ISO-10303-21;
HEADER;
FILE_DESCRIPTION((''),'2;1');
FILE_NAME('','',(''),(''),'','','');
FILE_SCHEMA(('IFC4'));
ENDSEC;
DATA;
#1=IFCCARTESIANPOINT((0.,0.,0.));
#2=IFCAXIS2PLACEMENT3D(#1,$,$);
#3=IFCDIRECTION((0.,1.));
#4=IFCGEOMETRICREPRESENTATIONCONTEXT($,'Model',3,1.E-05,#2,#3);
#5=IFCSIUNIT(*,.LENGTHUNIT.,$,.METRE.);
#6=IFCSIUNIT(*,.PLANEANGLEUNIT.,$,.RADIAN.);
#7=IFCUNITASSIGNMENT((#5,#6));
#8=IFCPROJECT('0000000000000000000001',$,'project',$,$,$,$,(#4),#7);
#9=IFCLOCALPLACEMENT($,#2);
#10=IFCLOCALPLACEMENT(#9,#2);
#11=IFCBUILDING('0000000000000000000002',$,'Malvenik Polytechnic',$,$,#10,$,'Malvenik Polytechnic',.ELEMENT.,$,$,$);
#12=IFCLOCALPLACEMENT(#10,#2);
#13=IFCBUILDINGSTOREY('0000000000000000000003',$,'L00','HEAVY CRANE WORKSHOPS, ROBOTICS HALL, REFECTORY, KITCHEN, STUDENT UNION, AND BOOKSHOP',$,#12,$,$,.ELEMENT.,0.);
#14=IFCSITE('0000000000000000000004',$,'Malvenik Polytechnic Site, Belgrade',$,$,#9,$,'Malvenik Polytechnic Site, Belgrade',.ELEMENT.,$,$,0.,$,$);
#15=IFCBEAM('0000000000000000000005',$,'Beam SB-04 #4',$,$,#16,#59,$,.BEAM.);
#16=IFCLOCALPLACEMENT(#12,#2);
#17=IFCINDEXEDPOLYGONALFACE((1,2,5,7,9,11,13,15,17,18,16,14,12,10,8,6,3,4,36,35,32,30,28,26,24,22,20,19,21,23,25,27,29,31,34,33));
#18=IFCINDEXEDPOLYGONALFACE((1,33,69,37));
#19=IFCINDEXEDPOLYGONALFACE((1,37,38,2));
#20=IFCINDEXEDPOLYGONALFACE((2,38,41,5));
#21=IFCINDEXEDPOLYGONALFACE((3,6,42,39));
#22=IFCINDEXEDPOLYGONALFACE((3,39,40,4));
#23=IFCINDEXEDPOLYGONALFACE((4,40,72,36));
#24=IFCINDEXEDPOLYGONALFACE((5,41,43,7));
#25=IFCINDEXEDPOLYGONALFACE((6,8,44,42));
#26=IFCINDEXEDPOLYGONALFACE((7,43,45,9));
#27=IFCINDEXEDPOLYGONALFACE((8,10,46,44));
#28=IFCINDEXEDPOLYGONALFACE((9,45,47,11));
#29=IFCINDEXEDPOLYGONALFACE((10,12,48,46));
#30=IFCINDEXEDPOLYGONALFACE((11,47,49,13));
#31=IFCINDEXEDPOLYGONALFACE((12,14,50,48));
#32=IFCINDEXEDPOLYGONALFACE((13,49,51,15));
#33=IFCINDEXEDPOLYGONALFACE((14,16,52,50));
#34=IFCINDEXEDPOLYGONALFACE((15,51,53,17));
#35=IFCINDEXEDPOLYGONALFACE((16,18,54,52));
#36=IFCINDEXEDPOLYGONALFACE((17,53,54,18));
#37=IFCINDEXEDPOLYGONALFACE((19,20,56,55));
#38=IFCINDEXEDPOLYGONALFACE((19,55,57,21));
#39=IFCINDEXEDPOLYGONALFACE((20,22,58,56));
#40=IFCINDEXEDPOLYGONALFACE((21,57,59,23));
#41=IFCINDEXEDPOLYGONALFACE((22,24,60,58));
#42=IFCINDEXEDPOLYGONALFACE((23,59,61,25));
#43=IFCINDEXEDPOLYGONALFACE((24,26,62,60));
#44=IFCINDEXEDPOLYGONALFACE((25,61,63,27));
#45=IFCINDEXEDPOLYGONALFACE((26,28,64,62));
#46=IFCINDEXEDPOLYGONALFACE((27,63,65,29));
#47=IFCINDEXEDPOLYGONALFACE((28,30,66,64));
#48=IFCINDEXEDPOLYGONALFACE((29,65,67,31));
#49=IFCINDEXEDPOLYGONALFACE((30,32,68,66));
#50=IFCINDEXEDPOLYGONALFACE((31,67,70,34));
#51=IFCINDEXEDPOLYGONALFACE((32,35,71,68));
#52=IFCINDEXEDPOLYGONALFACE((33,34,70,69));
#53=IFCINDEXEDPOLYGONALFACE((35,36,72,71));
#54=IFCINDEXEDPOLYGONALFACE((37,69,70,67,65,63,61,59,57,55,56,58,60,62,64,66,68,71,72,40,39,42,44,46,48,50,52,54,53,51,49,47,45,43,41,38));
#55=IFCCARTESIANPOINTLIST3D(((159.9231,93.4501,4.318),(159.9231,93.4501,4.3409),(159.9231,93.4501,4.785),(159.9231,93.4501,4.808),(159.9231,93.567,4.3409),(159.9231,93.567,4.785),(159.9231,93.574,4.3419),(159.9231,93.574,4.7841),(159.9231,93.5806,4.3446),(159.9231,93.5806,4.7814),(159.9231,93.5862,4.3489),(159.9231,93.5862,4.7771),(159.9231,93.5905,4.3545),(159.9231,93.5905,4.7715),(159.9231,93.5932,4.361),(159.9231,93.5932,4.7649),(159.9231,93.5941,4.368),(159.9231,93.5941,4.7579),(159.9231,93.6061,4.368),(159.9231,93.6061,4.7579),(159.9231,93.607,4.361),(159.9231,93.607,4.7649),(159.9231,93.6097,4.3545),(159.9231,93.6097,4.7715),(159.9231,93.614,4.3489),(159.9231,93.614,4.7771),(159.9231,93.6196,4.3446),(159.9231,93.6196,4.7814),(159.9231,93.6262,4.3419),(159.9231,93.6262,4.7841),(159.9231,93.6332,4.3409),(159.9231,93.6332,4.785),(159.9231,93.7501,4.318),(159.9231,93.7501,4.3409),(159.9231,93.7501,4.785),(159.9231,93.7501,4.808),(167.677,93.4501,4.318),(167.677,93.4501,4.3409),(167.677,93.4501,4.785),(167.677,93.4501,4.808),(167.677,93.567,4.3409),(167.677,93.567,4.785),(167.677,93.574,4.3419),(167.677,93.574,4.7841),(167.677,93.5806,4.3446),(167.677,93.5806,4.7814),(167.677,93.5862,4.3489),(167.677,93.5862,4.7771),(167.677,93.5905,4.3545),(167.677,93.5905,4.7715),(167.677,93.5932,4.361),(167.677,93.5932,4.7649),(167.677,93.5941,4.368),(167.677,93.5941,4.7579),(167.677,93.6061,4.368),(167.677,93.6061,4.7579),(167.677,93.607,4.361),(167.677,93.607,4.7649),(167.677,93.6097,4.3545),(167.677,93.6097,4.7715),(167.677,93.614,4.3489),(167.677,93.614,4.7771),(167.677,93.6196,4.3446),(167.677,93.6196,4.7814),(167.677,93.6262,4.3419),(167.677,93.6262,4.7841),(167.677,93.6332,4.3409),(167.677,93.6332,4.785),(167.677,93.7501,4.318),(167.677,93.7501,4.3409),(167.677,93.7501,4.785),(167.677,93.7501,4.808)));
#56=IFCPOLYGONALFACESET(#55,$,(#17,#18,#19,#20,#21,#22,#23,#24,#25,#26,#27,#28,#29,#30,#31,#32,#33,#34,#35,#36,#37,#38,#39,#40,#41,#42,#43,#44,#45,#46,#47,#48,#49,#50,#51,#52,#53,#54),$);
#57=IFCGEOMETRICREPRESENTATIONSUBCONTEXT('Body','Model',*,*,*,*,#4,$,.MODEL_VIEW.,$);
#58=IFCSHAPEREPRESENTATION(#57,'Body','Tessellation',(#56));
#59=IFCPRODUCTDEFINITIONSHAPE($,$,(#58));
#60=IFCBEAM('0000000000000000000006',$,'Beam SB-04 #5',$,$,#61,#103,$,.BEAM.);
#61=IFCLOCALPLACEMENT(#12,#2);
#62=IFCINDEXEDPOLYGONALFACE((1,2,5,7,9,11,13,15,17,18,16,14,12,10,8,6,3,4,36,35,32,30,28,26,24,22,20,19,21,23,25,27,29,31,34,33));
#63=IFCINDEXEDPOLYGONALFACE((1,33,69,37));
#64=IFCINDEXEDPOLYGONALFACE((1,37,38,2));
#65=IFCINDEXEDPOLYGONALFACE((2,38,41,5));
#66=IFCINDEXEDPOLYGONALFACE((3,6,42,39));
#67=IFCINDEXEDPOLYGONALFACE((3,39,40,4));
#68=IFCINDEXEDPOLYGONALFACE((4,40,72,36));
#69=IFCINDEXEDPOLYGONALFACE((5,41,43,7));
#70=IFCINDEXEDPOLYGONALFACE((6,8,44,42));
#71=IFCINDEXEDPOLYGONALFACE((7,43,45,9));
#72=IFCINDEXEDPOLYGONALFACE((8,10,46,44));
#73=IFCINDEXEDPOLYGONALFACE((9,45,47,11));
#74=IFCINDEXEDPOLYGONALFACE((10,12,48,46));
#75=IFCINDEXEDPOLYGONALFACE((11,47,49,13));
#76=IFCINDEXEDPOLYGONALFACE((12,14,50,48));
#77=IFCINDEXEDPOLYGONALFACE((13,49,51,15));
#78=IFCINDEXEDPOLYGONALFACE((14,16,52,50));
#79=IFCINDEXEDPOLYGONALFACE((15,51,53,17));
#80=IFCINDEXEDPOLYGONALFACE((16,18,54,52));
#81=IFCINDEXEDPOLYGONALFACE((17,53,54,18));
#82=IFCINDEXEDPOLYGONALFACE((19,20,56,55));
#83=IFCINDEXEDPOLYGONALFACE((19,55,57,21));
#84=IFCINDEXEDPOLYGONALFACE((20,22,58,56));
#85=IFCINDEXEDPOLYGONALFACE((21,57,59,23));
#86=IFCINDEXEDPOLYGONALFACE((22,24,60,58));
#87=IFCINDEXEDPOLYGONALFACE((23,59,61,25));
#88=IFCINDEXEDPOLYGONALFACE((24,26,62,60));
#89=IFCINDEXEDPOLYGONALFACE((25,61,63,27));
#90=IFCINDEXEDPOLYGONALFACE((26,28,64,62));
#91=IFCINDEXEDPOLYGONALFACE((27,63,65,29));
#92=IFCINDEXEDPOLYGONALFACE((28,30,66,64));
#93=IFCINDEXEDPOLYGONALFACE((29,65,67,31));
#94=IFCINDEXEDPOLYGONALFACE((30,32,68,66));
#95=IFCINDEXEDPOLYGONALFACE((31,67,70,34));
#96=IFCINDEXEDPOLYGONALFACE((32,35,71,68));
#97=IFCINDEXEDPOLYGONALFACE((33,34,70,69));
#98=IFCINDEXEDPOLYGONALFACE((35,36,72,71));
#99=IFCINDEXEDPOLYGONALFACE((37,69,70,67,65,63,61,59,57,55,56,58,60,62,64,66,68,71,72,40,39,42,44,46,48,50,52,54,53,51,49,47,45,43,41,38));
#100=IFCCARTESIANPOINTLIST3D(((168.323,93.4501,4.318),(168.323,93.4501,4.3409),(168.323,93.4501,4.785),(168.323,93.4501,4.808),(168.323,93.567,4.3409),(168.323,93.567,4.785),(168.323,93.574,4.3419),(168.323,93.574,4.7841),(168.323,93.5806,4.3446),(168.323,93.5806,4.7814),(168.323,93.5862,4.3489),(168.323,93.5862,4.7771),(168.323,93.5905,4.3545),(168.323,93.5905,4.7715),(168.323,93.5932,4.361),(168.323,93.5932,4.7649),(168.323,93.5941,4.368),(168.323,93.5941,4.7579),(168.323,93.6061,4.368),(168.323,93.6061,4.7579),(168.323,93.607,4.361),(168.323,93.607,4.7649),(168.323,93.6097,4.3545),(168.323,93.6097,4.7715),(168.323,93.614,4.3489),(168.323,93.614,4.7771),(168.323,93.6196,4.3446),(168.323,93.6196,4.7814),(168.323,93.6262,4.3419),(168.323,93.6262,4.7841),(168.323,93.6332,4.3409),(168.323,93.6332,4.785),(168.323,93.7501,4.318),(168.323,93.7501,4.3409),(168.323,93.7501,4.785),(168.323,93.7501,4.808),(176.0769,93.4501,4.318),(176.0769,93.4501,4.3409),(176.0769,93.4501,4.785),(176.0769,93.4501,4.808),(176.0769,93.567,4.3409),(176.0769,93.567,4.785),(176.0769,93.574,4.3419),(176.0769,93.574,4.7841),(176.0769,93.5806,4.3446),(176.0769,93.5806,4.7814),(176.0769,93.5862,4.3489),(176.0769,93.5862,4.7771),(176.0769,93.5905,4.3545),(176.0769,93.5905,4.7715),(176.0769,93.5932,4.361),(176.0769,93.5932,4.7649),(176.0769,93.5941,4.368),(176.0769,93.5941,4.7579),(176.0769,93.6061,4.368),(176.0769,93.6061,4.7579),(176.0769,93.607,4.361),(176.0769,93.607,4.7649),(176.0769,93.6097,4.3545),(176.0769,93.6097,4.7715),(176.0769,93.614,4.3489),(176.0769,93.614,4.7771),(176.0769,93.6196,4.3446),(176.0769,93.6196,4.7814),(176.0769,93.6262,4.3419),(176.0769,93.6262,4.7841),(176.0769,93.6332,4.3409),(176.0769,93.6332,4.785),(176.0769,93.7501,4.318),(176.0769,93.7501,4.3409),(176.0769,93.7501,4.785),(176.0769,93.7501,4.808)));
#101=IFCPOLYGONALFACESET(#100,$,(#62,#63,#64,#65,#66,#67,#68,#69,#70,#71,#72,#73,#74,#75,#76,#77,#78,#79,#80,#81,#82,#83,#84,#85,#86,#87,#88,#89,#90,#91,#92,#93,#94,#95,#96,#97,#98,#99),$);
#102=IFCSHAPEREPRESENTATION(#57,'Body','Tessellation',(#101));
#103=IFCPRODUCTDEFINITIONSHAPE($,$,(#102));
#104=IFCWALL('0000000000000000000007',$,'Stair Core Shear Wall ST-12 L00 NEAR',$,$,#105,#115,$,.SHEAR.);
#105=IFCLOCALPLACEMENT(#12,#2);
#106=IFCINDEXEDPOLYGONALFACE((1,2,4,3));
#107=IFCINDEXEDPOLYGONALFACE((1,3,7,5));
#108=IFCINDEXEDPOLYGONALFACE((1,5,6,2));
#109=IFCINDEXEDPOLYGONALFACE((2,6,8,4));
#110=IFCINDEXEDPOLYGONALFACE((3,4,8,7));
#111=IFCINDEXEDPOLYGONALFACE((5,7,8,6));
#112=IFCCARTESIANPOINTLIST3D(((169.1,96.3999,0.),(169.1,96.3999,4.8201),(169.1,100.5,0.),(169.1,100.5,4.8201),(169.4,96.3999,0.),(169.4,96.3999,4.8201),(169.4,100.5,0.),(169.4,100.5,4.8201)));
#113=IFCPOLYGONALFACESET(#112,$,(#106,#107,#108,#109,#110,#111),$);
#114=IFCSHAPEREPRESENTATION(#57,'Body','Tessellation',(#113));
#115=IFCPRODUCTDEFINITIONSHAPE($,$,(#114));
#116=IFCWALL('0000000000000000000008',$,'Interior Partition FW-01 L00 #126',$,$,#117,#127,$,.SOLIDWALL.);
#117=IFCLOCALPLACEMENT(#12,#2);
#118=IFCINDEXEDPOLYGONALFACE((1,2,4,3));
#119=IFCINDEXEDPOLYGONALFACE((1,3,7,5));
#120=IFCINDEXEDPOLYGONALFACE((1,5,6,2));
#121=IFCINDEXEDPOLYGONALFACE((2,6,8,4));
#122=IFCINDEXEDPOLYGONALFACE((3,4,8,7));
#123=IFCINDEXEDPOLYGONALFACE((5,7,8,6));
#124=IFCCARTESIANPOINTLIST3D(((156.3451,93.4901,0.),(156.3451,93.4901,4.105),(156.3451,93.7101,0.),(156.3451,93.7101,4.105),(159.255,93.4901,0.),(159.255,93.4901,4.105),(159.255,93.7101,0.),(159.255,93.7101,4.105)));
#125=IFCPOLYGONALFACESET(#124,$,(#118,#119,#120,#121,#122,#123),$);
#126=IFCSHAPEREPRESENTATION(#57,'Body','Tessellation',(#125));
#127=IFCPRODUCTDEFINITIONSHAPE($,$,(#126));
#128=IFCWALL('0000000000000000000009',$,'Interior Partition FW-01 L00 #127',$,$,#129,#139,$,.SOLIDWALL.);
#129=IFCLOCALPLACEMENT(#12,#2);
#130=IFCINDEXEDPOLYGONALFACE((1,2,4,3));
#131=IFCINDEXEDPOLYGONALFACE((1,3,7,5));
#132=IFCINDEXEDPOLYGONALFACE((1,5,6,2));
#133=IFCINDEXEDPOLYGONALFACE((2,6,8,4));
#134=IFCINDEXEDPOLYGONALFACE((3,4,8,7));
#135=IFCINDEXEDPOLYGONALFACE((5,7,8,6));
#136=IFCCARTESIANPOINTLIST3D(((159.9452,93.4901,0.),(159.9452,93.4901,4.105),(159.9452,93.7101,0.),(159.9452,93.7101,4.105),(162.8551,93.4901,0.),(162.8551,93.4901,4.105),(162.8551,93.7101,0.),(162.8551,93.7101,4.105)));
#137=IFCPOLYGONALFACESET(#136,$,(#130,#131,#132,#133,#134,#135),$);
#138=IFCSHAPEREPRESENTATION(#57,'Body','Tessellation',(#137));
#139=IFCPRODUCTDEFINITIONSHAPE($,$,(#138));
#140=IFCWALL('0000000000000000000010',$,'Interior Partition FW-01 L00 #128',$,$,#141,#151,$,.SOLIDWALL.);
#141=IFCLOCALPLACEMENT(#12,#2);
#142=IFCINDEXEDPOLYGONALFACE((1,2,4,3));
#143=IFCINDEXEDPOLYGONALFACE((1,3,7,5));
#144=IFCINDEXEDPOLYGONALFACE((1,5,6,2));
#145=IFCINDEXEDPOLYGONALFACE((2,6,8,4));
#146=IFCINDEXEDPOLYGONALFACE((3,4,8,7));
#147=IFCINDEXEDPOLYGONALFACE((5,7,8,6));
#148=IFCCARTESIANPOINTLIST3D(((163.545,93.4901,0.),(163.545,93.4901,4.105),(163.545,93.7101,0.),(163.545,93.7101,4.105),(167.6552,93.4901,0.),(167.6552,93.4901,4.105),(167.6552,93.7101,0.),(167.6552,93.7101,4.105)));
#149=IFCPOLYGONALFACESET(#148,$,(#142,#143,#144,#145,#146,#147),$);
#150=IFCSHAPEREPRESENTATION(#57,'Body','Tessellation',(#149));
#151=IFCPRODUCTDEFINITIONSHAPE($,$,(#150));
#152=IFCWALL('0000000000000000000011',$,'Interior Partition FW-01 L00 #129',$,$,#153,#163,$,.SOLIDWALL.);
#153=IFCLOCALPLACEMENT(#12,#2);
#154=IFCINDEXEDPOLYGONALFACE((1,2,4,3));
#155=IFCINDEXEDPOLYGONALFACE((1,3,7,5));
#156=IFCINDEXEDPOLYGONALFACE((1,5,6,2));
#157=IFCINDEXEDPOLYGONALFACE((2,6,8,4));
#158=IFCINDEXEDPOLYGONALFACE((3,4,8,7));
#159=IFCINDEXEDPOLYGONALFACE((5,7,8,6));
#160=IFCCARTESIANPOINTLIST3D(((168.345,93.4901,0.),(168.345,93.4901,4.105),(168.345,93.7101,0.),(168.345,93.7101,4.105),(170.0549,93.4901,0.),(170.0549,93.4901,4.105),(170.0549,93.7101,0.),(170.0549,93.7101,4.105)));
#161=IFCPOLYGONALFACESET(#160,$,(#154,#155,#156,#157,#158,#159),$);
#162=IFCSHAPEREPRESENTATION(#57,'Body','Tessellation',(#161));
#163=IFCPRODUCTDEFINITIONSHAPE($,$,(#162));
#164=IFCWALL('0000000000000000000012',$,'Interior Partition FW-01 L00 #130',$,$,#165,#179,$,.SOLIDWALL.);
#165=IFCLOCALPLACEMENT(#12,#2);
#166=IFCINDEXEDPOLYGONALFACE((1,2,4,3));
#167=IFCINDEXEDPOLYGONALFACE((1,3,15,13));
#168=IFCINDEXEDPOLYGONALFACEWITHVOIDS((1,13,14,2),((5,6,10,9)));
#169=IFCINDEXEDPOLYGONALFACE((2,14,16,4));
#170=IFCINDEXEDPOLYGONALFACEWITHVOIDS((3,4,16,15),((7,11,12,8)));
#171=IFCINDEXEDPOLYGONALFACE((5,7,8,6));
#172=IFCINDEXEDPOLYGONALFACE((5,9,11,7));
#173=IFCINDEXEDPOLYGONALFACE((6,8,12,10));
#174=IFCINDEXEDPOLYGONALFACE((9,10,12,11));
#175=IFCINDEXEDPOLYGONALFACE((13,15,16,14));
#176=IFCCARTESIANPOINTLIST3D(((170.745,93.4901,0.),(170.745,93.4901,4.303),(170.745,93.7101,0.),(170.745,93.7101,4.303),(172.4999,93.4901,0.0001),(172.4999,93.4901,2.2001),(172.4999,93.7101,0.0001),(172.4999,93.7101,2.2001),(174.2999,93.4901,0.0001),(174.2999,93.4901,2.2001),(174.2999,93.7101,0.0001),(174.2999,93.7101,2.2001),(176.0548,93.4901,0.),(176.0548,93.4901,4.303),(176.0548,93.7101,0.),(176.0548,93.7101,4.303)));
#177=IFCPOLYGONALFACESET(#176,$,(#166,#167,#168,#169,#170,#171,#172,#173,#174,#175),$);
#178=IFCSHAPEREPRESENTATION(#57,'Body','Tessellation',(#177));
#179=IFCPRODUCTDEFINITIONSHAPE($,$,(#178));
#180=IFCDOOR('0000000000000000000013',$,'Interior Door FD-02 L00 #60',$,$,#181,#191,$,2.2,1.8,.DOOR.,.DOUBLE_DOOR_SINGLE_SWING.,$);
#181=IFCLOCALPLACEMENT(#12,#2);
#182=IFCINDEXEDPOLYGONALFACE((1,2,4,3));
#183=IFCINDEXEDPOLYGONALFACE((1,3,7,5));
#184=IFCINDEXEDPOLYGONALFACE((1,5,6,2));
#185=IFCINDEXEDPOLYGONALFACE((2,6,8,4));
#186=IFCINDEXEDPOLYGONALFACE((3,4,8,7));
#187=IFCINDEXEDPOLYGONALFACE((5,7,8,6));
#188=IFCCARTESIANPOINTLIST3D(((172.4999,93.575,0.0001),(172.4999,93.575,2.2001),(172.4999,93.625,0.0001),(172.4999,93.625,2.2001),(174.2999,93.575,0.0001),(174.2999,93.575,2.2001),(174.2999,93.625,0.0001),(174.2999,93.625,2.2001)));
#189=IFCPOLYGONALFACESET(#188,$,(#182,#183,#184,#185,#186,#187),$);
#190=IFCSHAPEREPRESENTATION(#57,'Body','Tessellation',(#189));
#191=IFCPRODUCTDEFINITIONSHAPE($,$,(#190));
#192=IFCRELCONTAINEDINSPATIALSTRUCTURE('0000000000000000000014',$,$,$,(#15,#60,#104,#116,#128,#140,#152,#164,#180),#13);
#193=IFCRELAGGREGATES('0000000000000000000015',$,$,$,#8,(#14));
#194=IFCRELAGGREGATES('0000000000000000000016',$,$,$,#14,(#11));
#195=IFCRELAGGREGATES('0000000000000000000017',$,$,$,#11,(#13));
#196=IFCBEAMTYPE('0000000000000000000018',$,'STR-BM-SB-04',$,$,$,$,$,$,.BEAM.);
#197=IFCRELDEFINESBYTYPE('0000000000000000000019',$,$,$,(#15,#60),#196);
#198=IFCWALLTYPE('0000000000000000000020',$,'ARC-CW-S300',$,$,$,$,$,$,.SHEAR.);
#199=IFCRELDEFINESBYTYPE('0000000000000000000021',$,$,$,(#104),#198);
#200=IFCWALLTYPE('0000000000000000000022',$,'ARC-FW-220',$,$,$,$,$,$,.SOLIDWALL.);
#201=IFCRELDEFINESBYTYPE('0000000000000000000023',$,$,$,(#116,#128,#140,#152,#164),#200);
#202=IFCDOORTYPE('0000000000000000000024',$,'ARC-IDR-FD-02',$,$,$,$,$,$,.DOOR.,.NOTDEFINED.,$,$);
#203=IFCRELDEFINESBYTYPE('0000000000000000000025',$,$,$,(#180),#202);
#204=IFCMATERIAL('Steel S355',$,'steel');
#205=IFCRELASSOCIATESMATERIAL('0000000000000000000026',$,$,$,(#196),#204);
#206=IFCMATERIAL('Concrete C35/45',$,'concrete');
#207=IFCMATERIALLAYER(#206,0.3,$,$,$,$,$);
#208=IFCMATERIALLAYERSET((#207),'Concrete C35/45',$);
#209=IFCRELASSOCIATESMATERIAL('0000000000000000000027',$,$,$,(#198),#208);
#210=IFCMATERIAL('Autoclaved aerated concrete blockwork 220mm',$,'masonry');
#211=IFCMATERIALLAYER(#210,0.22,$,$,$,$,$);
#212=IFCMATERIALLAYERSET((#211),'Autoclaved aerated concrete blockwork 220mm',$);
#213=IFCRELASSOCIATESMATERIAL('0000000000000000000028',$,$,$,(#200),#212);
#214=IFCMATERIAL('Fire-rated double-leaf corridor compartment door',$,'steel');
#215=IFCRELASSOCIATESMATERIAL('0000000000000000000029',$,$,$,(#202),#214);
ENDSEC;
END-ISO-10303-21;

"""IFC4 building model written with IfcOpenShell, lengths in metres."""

from ifc_helpers import new_model, si_unit, direction, frame, frame_2d, origin, origin_2d, place, context, subcontext, project, spatial, rectangle, i_section, extrude, material, layer, layer_set, material_profile, profile_set, type_object, element, fill, save


model = new_model("IFC4")

# Units and contexts
model_context = context("Model", 3, precision=1e-05, world=origin(), true_north=direction((0.0, 1.0)))
body_context = subcontext(model_context, "Body", "Model", "MODEL_VIEW")
ifc_project = project(units=[si_unit("LENGTHUNIT", "METRE"), si_unit("PLANEANGLEUNIT", "RADIAN")], contexts=[model_context])

# Site, building, storey
site_placement = place(None, origin())
site = spatial("IfcSite", under=ifc_project, at=site_placement, Name="Malvenik Polytechnic Site, Belgrade", LongName="Malvenik Polytechnic Site, Belgrade", CompositionType="ELEMENT", RefElevation=0.0)
building_placement = place(site_placement, origin())
building = spatial("IfcBuilding", under=site, at=building_placement, Name="Malvenik Polytechnic", LongName="Malvenik Polytechnic", CompositionType="ELEMENT")
storey_placement = place(building_placement, origin())
storey = spatial("IfcBuildingStorey", under=building, at=storey_placement, Name="L00", Description="HEAVY CRANE WORKSHOPS, ROBOTICS HALL, REFECTORY, KITCHEN, STUDENT UNION, AND BOOKSHOP", CompositionType="ELEMENT", Elevation=0.0)

# Shared definitions
ifc_material_1 = material(Name="Concrete C35/45", Category="concrete")
ifc_material_2 = material(Name="Steel S355", Category="steel")

# Beams
ifc_material_profile_1 = material_profile(ifc_material_2, i_section(OverallWidth=0.3, OverallDepth=0.49, WebThickness=0.012, FlangeThickness=0.0229, FilletRadius=0.0271, at=origin_2d()), Name="HEA 500")
ifc_profile_set_1 = profile_set([ifc_material_profile_1], Name="Steel S355")
beam_type_1 = type_object("IfcBeamType", Name="STR-BM-SB-04", PredefinedType="BEAM", material=ifc_profile_set_1)
for number, where, z_axis, x_axis, name in (
    (1, (159.9231, 93.6001, 4.563), (1.0, 0.0, 0.0), (0.0, 1.0, 0.0), "Beam SB-04 #4"),
    (2, (168.323, 93.6001, 4.563), (1.0, 0.0, 0.0), (0.0, 1.0, 0.0), "Beam SB-04 #5"),
):
    element("IfcBeam", number, at=place(storey_placement, frame(where, z_axis=z_axis, x_axis=x_axis)), inside=storey, type_object=beam_type_1, Name=name, PredefinedType="BEAM", context=body_context, shape_type="SweptSolid", body=[
        extrude(i_section(OverallWidth=0.3, OverallDepth=0.49, WebThickness=0.012, FlangeThickness=0.0229, FilletRadius=0.0271, at=origin_2d()), origin(), (0.0, 0.0, 1.0), 7.7539),
    ])

# Walls
ifc_layer_1 = layer(ifc_material_1, 0.3)
ifc_layer_set_1 = layer_set([ifc_layer_1], Name="Concrete C35/45")
wall_type_1 = type_object("IfcWallType", Name="ARC-CW-S300", PredefinedType="SHEAR", material=ifc_layer_set_1)
wall_1_placement = place(storey_placement, frame((169.25, 96.3999, 0.0), z_axis=(0.0, 0.0, 1.0), x_axis=(0.0, 1.0, 0.0)))
element("IfcWall", 3, at=wall_1_placement, inside=storey, type_object=wall_type_1, Name="Stair Core Shear Wall ST-12 L00 NEAR", PredefinedType="SHEAR", context=body_context, shape_type="SweptSolid", body=[
    extrude(rectangle(XDim=4.1001, YDim=0.3, at=frame_2d((2.05, 0.0))), origin(), (0.0, 0.0, 1.0), 4.8201),
])
ifc_material_3 = material(Name="Autoclaved aerated concrete blockwork 220mm", Category="masonry")
ifc_layer_2 = layer(ifc_material_3, 0.22)
ifc_layer_set_2 = layer_set([ifc_layer_2], Name="Autoclaved aerated concrete blockwork 220mm")
wall_type_2 = type_object("IfcWallType", Name="ARC-FW-220", PredefinedType="SOLIDWALL", material=ifc_layer_set_2)
for number, where, z_axis, x_axis, name in (
    (4, (156.345, 93.6001, 0.0), (0.0, 0.0, 1.0), (1.0, 0.0, 0.0), "Interior Partition FW-01 L00 #126"),
    (5, (159.9451, 93.6001, 0.0), (0.0, 0.0, 1.0), (1.0, 0.0, 0.0), "Interior Partition FW-01 L00 #127"),
):
    element("IfcWall", number, at=place(storey_placement, frame(where, z_axis=z_axis, x_axis=x_axis)), inside=storey, type_object=wall_type_2, Name=name, PredefinedType="SOLIDWALL", context=body_context, shape_type="SweptSolid", body=[
        extrude(rectangle(XDim=2.9099, YDim=0.22, at=frame_2d((1.4551, 0.0))), origin(), (0.0, 0.0, 1.0), 4.105),
    ])
wall_2_placement = place(storey_placement, frame((163.5449, 93.6001, 0.0), z_axis=(0.0, 0.0, 1.0), x_axis=(1.0, 0.0, 0.0)))
element("IfcWall", 6, at=wall_2_placement, inside=storey, type_object=wall_type_2, Name="Interior Partition FW-01 L00 #128", PredefinedType="SOLIDWALL", context=body_context, shape_type="SweptSolid", body=[
    extrude(rectangle(XDim=4.1101, YDim=0.22, at=frame_2d((2.0552, 0.0))), origin(), (0.0, 0.0, 1.0), 4.105),
])
wall_3_placement = place(storey_placement, frame((168.345, 93.6001, 0.0), z_axis=(0.0, 0.0, 1.0), x_axis=(1.0, 0.0, 0.0)))
element("IfcWall", 7, at=wall_3_placement, inside=storey, type_object=wall_type_2, Name="Interior Partition FW-01 L00 #129", PredefinedType="SOLIDWALL", context=body_context, shape_type="SweptSolid", body=[
    extrude(rectangle(XDim=1.71, YDim=0.22, at=frame_2d((0.855, 0.0))), origin(), (0.0, 0.0, 1.0), 4.105),
])

# Wall, opening, door
wall_4_placement = place(storey_placement, frame((170.7451, 93.6001, 0.0), z_axis=(0.0, 0.0, 1.0), x_axis=(1.0, 0.0, 0.0)))
wall_4 = element("IfcWall", 8, at=wall_4_placement, inside=storey, type_object=wall_type_2, Name="Interior Partition FW-01 L00 #130", PredefinedType="SOLIDWALL", context=body_context, shape_type="SweptSolid", body=[
    extrude(rectangle(XDim=5.3098, YDim=0.22, at=frame_2d((2.6548, 0.0))), origin(), (0.0, 0.0, 1.0), 4.303),
])
opening_placement = place(wall_4_placement, frame((1.7549, 0.0, 0.0)))
opening = element("IfcOpeningElement", 9, at=opening_placement, cuts=wall_4, PredefinedType="OPENING", context=body_context, shape_type="SweptSolid", body=[
    extrude(rectangle(XDim=1.8, YDim=2.2, at=frame_2d((0.8999, 1.1001))), frame((0.0, 0.1201, 0.0), z_axis=(0.0, -1.0, 0.0), x_axis=(1.0, 0.0, 0.0)), (0.0, 0.0, 1.0), 0.24),
])
ifc_material_4 = material(Name="Fire-rated double-leaf corridor compartment door", Category="steel")
door_type = type_object("IfcDoorType", Name="ARC-IDR-FD-02", OperationType="NOTDEFINED", PredefinedType="DOOR", material=ifc_material_4)
door_placement = place(opening_placement, origin())
door = element("IfcDoor", 10, at=door_placement, inside=storey, type_object=door_type, Name="Interior Door FD-02 L00 #60", OperationType="DOUBLE_DOOR_SINGLE_SWING", OverallHeight=2.2, OverallWidth=1.8, PredefinedType="DOOR", context=body_context, shape_type="SweptSolid", body=[
    extrude(rectangle(XDim=1.8, YDim=2.2, at=frame_2d((0.8999, 1.1001))), frame((0.0, 0.0249, 0.0), z_axis=(0.0, -1.0, 0.0), x_axis=(1.0, 0.0, 0.0)), (0.0, 0.0, 1.0), 0.05),
])
fill(opening, door)

save(model, "model.ifc")
